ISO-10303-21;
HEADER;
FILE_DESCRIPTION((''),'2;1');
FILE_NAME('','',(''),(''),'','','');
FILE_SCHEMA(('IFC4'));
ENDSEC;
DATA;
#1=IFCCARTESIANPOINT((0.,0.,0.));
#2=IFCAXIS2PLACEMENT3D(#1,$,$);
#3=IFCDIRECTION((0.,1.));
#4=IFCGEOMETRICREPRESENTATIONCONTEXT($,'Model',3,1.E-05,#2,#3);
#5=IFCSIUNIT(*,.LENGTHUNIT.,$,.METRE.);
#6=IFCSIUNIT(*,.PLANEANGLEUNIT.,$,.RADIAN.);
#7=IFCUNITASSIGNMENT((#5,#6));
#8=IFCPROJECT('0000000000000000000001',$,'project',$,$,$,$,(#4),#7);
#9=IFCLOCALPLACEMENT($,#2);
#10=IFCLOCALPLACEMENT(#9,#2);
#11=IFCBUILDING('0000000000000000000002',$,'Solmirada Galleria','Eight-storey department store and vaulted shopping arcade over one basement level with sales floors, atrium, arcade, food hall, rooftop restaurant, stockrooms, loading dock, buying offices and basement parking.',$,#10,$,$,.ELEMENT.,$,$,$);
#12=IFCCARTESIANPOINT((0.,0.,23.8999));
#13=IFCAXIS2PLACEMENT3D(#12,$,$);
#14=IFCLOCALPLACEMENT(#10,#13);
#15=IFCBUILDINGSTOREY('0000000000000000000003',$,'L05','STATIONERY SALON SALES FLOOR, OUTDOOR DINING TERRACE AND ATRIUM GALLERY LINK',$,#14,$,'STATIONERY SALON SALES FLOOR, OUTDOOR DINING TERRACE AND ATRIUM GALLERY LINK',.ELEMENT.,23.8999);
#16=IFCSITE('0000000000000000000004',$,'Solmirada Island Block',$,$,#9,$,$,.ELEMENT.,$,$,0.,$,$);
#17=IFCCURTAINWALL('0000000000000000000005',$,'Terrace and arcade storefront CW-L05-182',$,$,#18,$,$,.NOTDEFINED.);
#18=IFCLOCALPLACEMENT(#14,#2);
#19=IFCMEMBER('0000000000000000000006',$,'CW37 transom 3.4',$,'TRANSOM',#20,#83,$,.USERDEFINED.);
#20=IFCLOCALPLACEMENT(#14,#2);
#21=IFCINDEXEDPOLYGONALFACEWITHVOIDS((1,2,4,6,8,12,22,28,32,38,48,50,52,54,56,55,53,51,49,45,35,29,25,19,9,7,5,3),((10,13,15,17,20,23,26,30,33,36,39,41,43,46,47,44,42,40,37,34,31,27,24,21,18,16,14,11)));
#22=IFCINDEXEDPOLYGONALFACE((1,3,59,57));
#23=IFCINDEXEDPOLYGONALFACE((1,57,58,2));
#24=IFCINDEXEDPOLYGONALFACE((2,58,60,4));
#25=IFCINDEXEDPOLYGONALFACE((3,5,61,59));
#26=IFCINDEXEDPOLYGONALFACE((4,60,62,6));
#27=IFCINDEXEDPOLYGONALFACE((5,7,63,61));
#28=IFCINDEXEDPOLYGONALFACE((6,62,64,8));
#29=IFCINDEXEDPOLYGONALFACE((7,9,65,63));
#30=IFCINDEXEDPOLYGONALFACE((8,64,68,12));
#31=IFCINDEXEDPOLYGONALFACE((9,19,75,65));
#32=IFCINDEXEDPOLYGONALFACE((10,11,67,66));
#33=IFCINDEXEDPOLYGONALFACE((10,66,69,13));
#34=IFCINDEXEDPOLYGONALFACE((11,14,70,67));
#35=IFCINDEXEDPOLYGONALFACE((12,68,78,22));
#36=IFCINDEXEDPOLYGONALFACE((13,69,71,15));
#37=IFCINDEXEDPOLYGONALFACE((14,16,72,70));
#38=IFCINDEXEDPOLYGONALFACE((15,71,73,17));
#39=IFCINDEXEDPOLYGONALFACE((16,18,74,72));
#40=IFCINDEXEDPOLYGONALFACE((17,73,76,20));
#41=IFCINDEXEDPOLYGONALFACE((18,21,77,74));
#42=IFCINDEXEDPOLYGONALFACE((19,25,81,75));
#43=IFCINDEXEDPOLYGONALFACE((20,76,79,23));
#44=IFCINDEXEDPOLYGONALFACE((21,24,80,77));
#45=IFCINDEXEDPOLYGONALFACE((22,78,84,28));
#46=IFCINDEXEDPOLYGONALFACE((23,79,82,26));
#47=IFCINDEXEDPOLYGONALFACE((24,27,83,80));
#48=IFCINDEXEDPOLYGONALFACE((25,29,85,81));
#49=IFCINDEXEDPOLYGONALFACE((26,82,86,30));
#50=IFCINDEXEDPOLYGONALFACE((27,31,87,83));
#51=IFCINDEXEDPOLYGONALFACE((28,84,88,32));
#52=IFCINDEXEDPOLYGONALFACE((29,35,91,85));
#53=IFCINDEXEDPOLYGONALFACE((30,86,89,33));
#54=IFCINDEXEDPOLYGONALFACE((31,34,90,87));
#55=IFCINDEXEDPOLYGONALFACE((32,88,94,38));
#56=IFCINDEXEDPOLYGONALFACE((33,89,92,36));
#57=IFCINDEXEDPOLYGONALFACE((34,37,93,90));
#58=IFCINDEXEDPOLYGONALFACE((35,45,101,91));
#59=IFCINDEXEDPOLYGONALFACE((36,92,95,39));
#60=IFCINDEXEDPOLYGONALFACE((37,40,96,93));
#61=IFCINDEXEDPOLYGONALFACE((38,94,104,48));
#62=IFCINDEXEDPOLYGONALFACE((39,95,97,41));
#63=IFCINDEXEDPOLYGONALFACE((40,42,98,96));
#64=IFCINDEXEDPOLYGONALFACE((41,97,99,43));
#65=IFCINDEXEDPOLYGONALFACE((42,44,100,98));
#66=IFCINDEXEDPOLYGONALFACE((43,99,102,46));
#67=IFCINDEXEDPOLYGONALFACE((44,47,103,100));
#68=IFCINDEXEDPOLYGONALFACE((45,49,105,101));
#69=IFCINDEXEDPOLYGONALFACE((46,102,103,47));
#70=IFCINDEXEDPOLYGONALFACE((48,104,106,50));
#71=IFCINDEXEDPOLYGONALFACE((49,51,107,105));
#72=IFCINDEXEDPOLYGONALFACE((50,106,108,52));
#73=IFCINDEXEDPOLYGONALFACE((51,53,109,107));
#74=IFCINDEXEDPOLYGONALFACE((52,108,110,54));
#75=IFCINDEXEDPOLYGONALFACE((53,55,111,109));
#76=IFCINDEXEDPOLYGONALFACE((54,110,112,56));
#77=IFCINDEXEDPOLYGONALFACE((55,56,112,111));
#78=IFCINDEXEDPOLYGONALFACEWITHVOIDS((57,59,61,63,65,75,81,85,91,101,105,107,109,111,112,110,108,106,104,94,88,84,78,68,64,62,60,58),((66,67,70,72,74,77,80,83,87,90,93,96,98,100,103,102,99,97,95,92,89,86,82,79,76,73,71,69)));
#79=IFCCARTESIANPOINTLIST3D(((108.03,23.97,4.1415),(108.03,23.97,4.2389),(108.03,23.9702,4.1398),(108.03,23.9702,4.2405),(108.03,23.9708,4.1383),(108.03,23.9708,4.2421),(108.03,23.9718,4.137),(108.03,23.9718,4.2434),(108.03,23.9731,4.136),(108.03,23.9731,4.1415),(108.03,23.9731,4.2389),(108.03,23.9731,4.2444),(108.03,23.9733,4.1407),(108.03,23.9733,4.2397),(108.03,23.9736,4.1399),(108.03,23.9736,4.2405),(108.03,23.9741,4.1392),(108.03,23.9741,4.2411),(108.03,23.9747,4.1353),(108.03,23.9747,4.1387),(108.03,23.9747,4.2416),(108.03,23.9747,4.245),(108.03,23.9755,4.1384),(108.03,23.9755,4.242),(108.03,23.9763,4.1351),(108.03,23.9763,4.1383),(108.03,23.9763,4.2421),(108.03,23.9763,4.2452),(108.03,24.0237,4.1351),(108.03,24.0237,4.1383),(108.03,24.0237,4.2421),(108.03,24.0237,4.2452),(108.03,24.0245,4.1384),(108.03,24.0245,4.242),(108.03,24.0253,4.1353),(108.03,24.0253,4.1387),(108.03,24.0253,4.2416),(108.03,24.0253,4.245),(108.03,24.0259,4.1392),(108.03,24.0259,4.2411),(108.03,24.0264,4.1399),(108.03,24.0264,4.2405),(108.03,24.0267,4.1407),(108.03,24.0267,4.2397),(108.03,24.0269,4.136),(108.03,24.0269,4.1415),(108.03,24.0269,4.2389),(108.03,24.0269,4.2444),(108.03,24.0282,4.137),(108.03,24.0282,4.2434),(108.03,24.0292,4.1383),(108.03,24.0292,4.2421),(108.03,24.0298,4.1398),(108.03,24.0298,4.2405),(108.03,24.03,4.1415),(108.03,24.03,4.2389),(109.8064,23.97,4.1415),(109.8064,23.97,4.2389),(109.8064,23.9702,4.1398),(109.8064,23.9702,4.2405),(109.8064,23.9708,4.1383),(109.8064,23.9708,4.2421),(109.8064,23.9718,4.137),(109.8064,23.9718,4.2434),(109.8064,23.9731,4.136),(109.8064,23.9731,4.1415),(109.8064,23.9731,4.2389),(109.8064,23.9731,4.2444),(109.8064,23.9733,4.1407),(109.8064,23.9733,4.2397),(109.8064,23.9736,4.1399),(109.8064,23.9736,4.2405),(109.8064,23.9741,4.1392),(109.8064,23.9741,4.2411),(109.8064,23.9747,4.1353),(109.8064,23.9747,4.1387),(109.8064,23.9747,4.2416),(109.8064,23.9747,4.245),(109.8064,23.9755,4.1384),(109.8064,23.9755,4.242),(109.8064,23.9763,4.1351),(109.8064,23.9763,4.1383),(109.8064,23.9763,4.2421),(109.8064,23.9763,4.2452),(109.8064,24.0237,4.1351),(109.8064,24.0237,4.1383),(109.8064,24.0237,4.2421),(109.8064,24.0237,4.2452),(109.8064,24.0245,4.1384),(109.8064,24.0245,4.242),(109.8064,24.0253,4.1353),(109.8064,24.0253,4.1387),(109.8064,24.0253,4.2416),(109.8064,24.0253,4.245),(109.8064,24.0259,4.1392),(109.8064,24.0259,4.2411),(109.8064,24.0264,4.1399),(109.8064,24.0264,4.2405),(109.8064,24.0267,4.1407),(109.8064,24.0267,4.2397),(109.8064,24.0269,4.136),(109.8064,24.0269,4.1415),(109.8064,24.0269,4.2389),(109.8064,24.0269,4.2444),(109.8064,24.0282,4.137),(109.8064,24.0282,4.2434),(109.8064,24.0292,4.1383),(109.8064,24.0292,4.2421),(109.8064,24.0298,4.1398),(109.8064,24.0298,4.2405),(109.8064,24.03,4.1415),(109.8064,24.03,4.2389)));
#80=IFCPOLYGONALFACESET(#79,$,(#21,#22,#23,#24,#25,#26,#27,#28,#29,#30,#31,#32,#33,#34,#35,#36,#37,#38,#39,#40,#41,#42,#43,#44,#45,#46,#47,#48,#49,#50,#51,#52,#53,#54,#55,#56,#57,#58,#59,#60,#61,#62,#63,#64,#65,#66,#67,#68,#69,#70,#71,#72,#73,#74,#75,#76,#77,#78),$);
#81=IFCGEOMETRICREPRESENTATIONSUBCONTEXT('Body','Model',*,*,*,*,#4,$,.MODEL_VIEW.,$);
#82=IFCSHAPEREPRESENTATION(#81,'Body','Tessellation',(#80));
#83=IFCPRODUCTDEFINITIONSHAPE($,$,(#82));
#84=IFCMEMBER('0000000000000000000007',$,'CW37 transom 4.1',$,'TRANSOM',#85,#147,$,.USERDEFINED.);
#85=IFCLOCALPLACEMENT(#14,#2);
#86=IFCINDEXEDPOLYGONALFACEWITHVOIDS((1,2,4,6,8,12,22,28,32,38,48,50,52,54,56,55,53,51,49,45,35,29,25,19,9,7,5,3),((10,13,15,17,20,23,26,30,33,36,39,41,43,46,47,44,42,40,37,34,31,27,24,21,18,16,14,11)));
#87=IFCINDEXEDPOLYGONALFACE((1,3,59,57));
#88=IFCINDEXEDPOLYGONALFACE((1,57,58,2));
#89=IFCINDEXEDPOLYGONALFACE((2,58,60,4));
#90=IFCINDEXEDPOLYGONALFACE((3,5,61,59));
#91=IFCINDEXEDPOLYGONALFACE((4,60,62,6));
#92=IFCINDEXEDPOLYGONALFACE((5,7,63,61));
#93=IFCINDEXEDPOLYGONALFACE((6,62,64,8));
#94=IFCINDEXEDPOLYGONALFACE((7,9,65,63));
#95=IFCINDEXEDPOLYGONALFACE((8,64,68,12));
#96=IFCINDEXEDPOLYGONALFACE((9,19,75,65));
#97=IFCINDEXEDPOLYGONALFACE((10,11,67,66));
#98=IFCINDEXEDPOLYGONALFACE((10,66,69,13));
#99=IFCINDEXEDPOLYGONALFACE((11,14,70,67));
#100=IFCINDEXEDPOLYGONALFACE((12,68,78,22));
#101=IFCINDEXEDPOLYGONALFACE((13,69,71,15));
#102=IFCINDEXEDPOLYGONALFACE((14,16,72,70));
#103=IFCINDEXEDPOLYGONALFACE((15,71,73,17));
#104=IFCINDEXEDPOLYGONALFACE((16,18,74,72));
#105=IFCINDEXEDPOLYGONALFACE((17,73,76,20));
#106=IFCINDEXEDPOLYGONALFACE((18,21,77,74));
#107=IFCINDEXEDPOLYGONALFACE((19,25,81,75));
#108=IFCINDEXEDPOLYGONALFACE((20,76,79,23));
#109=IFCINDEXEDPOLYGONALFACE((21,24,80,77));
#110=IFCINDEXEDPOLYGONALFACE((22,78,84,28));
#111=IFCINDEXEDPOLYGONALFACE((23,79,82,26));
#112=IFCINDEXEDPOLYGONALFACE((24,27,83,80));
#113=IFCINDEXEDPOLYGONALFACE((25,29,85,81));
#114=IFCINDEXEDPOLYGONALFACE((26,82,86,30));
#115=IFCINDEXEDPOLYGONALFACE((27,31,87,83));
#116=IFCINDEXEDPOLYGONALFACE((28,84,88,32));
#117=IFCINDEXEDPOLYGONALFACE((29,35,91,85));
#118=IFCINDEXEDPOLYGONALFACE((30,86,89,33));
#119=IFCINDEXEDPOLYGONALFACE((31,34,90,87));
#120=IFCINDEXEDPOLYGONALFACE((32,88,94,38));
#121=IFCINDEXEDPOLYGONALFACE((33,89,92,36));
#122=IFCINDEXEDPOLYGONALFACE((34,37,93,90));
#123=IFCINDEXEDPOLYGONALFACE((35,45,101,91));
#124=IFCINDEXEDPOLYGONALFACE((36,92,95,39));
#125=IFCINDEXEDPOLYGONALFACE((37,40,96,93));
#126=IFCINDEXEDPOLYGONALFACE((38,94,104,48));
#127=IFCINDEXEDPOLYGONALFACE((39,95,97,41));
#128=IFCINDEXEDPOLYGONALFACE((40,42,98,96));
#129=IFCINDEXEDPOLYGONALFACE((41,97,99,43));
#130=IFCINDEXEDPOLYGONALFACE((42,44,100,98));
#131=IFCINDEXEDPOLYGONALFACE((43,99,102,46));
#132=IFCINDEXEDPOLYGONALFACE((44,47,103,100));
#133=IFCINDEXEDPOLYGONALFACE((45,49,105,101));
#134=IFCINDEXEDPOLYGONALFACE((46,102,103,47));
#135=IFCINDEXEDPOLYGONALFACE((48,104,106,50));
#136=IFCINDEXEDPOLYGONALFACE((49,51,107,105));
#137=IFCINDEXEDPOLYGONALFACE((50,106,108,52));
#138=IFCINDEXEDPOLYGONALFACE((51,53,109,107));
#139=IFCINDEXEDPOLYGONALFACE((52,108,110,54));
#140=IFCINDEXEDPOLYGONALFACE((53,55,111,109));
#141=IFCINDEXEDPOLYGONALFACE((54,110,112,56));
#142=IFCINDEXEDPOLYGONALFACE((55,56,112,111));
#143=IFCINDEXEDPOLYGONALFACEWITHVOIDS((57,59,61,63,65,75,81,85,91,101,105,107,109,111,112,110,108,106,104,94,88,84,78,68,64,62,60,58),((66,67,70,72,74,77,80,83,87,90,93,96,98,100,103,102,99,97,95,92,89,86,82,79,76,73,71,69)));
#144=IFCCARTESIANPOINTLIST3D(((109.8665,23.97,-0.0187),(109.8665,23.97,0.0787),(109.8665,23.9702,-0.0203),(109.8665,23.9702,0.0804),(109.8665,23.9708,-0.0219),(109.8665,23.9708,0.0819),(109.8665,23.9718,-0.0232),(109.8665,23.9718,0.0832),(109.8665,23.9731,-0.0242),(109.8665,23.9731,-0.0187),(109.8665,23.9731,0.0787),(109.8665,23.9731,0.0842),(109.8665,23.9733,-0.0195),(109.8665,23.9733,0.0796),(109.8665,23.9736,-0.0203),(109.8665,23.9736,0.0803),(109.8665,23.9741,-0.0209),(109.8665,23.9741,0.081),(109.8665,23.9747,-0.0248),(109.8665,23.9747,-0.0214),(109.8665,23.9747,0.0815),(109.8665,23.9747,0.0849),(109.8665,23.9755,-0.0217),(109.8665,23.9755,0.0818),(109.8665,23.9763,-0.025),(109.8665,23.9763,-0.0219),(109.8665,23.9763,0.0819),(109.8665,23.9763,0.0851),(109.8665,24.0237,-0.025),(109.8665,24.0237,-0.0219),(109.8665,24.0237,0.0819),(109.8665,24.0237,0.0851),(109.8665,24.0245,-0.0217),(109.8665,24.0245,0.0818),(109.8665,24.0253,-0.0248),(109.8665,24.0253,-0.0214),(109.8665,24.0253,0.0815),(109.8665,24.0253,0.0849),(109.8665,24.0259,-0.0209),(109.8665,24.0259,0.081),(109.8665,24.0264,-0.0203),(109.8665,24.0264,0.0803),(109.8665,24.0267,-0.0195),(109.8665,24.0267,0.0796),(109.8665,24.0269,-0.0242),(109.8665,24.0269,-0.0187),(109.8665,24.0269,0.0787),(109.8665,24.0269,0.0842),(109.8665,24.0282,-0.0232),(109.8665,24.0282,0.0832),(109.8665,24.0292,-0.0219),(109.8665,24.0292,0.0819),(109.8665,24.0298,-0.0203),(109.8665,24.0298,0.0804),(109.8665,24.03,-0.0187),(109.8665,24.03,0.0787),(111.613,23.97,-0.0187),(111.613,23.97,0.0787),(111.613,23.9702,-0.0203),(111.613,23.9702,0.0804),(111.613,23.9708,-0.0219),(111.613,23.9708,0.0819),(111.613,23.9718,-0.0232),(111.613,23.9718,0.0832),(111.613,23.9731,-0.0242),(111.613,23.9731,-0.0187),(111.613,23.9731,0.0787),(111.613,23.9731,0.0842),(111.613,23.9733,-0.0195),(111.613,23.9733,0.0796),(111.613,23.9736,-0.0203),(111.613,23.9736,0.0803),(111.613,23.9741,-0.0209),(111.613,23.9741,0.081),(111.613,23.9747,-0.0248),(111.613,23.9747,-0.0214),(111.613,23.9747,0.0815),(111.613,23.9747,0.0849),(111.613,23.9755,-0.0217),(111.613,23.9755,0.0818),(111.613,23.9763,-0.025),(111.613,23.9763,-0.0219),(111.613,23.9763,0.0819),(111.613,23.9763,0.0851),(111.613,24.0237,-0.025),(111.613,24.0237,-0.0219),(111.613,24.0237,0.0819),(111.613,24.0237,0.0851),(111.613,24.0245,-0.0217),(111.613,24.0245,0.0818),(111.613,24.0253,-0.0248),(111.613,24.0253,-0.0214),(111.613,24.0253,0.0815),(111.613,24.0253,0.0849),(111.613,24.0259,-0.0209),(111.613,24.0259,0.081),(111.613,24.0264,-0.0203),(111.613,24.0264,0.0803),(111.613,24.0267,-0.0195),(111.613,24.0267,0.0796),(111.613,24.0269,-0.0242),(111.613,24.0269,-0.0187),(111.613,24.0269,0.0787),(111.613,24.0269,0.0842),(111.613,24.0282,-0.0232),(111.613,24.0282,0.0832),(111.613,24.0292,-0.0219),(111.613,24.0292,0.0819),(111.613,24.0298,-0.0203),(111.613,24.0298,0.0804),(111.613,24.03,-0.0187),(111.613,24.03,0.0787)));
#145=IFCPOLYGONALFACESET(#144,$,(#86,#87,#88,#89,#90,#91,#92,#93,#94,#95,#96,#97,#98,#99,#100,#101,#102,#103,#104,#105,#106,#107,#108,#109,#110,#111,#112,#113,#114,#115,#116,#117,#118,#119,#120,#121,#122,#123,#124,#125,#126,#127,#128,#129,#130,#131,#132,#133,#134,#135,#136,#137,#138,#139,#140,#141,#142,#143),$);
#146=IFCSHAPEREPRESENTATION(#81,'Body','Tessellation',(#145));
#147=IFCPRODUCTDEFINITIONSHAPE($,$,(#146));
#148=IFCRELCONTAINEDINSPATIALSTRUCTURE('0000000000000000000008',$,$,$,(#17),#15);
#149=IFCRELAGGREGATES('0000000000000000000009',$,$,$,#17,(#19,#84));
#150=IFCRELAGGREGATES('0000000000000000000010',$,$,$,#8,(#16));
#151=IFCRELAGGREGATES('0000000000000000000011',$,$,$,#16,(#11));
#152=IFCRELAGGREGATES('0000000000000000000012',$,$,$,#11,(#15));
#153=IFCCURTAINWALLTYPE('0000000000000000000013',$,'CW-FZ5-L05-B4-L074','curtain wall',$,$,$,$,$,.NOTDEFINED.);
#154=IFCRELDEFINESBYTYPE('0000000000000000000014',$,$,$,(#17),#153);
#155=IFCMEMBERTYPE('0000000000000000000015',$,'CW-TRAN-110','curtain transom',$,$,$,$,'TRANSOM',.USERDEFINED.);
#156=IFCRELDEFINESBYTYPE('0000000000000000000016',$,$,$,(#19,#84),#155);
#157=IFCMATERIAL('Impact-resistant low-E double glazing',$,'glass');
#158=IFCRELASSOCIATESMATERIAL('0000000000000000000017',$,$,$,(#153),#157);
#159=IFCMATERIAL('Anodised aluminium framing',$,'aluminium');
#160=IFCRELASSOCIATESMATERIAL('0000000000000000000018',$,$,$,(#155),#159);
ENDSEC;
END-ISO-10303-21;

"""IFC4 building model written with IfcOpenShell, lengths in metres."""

from ifc_helpers import new_model, si_unit, direction, frame, origin, origin_2d, place, context, subcontext, project, spatial, hollow_rectangle, extrude, material, material_profile, profile_set, type_object, element, aggregate, save


model = new_model("IFC4")

# Units and contexts
model_context = context("Model", 3, precision=1e-05, world=origin(), true_north=direction((0.0, 1.0)))
body_context = subcontext(model_context, "Body", "Model", "MODEL_VIEW")
ifc_project = project(units=[si_unit("LENGTHUNIT", "METRE"), si_unit("PLANEANGLEUNIT", "RADIAN")], contexts=[model_context])

# Site, building, storey
site_placement = place(None, origin())
site = spatial("IfcSite", under=ifc_project, at=site_placement, Name="Solmirada Island Block", CompositionType="ELEMENT", RefElevation=0.0)
building_placement = place(site_placement, origin())
building = spatial("IfcBuilding", under=site, at=building_placement, Name="Solmirada Galleria", Description="Eight-storey department store and vaulted shopping arcade over one basement level with sales floors, atrium, arcade, food hall, rooftop restaurant, stockrooms, loading dock, buying offices and basement parking.", CompositionType="ELEMENT")
storey_placement = place(building_placement, frame((0.0, 0.0, 23.8999)))
storey = spatial("IfcBuildingStorey", under=building, at=storey_placement, Name="L05", Description="STATIONERY SALON SALES FLOOR, OUTDOOR DINING TERRACE AND ATRIUM GALLERY LINK", LongName="STATIONERY SALON SALES FLOOR, OUTDOOR DINING TERRACE AND ATRIUM GALLERY LINK", CompositionType="ELEMENT", Elevation=23.8999)

# Curtain wall, members
ifc_material_1 = material(Name="Impact-resistant low-E double glazing", Category="glass")
curtain_wall_type = type_object("IfcCurtainWallType", Name="CW-FZ5-L05-B4-L074", Description="curtain wall", PredefinedType="NOTDEFINED", material=ifc_material_1)
curtain_wall_placement = place(storey_placement, origin())
curtain_wall = element("IfcCurtainWall", 1, at=curtain_wall_placement, inside=storey, type_object=curtain_wall_type, Name="Terrace and arcade storefront CW-L05-182", PredefinedType="NOTDEFINED")
ifc_material_2 = material(Name="Anodised aluminium framing", Category="aluminium")
ifc_material_profile_1 = material_profile(ifc_material_2, hollow_rectangle(XDim=0.0601, YDim=0.1101, WallThickness=0.0032, InnerFilletRadius=0.0032, OuterFilletRadius=0.0063, at=origin_2d()), Name="ALU-TRAN-110X60")
ifc_profile_set_1 = profile_set([ifc_material_profile_1], Name="Anodised aluminium framing")
member_type_1 = type_object("IfcMemberType", Name="CW-TRAN-110", Description="curtain transom", ElementType="TRANSOM", PredefinedType="USERDEFINED", material=ifc_profile_set_1)
member_1_placement = place(storey_placement, frame((108.03, 24.0, 4.1902), z_axis=(1.0, 0.0, 0.0), x_axis=(0.0, 1.0, 0.0)))
member_1 = element("IfcMember", 2, at=member_1_placement, type_object=member_type_1, Name="CW37 transom 3.4", ObjectType="TRANSOM", PredefinedType="USERDEFINED", context=body_context, shape_type="SweptSolid", body=[
    extrude(hollow_rectangle(XDim=0.0601, YDim=0.1101, WallThickness=0.0032, InnerFilletRadius=0.0032, OuterFilletRadius=0.0063, at=origin_2d()), origin(), (0.0, 0.0, 1.0), 1.7764),
])
member_2_placement = place(storey_placement, frame((109.8665, 24.0, 0.03), z_axis=(1.0, 0.0, 0.0), x_axis=(0.0, 1.0, 0.0)))
member_2 = element("IfcMember", 3, at=member_2_placement, type_object=member_type_1, Name="CW37 transom 4.1", ObjectType="TRANSOM", PredefinedType="USERDEFINED", context=body_context, shape_type="SweptSolid", body=[
    extrude(hollow_rectangle(XDim=0.0601, YDim=0.1101, WallThickness=0.0032, InnerFilletRadius=0.0032, OuterFilletRadius=0.0063, at=origin_2d()), origin(), (0.0, 0.0, 1.0), 1.7466),
])
aggregate(curtain_wall, [member_1, member_2])

save(model, "model.ifc")
